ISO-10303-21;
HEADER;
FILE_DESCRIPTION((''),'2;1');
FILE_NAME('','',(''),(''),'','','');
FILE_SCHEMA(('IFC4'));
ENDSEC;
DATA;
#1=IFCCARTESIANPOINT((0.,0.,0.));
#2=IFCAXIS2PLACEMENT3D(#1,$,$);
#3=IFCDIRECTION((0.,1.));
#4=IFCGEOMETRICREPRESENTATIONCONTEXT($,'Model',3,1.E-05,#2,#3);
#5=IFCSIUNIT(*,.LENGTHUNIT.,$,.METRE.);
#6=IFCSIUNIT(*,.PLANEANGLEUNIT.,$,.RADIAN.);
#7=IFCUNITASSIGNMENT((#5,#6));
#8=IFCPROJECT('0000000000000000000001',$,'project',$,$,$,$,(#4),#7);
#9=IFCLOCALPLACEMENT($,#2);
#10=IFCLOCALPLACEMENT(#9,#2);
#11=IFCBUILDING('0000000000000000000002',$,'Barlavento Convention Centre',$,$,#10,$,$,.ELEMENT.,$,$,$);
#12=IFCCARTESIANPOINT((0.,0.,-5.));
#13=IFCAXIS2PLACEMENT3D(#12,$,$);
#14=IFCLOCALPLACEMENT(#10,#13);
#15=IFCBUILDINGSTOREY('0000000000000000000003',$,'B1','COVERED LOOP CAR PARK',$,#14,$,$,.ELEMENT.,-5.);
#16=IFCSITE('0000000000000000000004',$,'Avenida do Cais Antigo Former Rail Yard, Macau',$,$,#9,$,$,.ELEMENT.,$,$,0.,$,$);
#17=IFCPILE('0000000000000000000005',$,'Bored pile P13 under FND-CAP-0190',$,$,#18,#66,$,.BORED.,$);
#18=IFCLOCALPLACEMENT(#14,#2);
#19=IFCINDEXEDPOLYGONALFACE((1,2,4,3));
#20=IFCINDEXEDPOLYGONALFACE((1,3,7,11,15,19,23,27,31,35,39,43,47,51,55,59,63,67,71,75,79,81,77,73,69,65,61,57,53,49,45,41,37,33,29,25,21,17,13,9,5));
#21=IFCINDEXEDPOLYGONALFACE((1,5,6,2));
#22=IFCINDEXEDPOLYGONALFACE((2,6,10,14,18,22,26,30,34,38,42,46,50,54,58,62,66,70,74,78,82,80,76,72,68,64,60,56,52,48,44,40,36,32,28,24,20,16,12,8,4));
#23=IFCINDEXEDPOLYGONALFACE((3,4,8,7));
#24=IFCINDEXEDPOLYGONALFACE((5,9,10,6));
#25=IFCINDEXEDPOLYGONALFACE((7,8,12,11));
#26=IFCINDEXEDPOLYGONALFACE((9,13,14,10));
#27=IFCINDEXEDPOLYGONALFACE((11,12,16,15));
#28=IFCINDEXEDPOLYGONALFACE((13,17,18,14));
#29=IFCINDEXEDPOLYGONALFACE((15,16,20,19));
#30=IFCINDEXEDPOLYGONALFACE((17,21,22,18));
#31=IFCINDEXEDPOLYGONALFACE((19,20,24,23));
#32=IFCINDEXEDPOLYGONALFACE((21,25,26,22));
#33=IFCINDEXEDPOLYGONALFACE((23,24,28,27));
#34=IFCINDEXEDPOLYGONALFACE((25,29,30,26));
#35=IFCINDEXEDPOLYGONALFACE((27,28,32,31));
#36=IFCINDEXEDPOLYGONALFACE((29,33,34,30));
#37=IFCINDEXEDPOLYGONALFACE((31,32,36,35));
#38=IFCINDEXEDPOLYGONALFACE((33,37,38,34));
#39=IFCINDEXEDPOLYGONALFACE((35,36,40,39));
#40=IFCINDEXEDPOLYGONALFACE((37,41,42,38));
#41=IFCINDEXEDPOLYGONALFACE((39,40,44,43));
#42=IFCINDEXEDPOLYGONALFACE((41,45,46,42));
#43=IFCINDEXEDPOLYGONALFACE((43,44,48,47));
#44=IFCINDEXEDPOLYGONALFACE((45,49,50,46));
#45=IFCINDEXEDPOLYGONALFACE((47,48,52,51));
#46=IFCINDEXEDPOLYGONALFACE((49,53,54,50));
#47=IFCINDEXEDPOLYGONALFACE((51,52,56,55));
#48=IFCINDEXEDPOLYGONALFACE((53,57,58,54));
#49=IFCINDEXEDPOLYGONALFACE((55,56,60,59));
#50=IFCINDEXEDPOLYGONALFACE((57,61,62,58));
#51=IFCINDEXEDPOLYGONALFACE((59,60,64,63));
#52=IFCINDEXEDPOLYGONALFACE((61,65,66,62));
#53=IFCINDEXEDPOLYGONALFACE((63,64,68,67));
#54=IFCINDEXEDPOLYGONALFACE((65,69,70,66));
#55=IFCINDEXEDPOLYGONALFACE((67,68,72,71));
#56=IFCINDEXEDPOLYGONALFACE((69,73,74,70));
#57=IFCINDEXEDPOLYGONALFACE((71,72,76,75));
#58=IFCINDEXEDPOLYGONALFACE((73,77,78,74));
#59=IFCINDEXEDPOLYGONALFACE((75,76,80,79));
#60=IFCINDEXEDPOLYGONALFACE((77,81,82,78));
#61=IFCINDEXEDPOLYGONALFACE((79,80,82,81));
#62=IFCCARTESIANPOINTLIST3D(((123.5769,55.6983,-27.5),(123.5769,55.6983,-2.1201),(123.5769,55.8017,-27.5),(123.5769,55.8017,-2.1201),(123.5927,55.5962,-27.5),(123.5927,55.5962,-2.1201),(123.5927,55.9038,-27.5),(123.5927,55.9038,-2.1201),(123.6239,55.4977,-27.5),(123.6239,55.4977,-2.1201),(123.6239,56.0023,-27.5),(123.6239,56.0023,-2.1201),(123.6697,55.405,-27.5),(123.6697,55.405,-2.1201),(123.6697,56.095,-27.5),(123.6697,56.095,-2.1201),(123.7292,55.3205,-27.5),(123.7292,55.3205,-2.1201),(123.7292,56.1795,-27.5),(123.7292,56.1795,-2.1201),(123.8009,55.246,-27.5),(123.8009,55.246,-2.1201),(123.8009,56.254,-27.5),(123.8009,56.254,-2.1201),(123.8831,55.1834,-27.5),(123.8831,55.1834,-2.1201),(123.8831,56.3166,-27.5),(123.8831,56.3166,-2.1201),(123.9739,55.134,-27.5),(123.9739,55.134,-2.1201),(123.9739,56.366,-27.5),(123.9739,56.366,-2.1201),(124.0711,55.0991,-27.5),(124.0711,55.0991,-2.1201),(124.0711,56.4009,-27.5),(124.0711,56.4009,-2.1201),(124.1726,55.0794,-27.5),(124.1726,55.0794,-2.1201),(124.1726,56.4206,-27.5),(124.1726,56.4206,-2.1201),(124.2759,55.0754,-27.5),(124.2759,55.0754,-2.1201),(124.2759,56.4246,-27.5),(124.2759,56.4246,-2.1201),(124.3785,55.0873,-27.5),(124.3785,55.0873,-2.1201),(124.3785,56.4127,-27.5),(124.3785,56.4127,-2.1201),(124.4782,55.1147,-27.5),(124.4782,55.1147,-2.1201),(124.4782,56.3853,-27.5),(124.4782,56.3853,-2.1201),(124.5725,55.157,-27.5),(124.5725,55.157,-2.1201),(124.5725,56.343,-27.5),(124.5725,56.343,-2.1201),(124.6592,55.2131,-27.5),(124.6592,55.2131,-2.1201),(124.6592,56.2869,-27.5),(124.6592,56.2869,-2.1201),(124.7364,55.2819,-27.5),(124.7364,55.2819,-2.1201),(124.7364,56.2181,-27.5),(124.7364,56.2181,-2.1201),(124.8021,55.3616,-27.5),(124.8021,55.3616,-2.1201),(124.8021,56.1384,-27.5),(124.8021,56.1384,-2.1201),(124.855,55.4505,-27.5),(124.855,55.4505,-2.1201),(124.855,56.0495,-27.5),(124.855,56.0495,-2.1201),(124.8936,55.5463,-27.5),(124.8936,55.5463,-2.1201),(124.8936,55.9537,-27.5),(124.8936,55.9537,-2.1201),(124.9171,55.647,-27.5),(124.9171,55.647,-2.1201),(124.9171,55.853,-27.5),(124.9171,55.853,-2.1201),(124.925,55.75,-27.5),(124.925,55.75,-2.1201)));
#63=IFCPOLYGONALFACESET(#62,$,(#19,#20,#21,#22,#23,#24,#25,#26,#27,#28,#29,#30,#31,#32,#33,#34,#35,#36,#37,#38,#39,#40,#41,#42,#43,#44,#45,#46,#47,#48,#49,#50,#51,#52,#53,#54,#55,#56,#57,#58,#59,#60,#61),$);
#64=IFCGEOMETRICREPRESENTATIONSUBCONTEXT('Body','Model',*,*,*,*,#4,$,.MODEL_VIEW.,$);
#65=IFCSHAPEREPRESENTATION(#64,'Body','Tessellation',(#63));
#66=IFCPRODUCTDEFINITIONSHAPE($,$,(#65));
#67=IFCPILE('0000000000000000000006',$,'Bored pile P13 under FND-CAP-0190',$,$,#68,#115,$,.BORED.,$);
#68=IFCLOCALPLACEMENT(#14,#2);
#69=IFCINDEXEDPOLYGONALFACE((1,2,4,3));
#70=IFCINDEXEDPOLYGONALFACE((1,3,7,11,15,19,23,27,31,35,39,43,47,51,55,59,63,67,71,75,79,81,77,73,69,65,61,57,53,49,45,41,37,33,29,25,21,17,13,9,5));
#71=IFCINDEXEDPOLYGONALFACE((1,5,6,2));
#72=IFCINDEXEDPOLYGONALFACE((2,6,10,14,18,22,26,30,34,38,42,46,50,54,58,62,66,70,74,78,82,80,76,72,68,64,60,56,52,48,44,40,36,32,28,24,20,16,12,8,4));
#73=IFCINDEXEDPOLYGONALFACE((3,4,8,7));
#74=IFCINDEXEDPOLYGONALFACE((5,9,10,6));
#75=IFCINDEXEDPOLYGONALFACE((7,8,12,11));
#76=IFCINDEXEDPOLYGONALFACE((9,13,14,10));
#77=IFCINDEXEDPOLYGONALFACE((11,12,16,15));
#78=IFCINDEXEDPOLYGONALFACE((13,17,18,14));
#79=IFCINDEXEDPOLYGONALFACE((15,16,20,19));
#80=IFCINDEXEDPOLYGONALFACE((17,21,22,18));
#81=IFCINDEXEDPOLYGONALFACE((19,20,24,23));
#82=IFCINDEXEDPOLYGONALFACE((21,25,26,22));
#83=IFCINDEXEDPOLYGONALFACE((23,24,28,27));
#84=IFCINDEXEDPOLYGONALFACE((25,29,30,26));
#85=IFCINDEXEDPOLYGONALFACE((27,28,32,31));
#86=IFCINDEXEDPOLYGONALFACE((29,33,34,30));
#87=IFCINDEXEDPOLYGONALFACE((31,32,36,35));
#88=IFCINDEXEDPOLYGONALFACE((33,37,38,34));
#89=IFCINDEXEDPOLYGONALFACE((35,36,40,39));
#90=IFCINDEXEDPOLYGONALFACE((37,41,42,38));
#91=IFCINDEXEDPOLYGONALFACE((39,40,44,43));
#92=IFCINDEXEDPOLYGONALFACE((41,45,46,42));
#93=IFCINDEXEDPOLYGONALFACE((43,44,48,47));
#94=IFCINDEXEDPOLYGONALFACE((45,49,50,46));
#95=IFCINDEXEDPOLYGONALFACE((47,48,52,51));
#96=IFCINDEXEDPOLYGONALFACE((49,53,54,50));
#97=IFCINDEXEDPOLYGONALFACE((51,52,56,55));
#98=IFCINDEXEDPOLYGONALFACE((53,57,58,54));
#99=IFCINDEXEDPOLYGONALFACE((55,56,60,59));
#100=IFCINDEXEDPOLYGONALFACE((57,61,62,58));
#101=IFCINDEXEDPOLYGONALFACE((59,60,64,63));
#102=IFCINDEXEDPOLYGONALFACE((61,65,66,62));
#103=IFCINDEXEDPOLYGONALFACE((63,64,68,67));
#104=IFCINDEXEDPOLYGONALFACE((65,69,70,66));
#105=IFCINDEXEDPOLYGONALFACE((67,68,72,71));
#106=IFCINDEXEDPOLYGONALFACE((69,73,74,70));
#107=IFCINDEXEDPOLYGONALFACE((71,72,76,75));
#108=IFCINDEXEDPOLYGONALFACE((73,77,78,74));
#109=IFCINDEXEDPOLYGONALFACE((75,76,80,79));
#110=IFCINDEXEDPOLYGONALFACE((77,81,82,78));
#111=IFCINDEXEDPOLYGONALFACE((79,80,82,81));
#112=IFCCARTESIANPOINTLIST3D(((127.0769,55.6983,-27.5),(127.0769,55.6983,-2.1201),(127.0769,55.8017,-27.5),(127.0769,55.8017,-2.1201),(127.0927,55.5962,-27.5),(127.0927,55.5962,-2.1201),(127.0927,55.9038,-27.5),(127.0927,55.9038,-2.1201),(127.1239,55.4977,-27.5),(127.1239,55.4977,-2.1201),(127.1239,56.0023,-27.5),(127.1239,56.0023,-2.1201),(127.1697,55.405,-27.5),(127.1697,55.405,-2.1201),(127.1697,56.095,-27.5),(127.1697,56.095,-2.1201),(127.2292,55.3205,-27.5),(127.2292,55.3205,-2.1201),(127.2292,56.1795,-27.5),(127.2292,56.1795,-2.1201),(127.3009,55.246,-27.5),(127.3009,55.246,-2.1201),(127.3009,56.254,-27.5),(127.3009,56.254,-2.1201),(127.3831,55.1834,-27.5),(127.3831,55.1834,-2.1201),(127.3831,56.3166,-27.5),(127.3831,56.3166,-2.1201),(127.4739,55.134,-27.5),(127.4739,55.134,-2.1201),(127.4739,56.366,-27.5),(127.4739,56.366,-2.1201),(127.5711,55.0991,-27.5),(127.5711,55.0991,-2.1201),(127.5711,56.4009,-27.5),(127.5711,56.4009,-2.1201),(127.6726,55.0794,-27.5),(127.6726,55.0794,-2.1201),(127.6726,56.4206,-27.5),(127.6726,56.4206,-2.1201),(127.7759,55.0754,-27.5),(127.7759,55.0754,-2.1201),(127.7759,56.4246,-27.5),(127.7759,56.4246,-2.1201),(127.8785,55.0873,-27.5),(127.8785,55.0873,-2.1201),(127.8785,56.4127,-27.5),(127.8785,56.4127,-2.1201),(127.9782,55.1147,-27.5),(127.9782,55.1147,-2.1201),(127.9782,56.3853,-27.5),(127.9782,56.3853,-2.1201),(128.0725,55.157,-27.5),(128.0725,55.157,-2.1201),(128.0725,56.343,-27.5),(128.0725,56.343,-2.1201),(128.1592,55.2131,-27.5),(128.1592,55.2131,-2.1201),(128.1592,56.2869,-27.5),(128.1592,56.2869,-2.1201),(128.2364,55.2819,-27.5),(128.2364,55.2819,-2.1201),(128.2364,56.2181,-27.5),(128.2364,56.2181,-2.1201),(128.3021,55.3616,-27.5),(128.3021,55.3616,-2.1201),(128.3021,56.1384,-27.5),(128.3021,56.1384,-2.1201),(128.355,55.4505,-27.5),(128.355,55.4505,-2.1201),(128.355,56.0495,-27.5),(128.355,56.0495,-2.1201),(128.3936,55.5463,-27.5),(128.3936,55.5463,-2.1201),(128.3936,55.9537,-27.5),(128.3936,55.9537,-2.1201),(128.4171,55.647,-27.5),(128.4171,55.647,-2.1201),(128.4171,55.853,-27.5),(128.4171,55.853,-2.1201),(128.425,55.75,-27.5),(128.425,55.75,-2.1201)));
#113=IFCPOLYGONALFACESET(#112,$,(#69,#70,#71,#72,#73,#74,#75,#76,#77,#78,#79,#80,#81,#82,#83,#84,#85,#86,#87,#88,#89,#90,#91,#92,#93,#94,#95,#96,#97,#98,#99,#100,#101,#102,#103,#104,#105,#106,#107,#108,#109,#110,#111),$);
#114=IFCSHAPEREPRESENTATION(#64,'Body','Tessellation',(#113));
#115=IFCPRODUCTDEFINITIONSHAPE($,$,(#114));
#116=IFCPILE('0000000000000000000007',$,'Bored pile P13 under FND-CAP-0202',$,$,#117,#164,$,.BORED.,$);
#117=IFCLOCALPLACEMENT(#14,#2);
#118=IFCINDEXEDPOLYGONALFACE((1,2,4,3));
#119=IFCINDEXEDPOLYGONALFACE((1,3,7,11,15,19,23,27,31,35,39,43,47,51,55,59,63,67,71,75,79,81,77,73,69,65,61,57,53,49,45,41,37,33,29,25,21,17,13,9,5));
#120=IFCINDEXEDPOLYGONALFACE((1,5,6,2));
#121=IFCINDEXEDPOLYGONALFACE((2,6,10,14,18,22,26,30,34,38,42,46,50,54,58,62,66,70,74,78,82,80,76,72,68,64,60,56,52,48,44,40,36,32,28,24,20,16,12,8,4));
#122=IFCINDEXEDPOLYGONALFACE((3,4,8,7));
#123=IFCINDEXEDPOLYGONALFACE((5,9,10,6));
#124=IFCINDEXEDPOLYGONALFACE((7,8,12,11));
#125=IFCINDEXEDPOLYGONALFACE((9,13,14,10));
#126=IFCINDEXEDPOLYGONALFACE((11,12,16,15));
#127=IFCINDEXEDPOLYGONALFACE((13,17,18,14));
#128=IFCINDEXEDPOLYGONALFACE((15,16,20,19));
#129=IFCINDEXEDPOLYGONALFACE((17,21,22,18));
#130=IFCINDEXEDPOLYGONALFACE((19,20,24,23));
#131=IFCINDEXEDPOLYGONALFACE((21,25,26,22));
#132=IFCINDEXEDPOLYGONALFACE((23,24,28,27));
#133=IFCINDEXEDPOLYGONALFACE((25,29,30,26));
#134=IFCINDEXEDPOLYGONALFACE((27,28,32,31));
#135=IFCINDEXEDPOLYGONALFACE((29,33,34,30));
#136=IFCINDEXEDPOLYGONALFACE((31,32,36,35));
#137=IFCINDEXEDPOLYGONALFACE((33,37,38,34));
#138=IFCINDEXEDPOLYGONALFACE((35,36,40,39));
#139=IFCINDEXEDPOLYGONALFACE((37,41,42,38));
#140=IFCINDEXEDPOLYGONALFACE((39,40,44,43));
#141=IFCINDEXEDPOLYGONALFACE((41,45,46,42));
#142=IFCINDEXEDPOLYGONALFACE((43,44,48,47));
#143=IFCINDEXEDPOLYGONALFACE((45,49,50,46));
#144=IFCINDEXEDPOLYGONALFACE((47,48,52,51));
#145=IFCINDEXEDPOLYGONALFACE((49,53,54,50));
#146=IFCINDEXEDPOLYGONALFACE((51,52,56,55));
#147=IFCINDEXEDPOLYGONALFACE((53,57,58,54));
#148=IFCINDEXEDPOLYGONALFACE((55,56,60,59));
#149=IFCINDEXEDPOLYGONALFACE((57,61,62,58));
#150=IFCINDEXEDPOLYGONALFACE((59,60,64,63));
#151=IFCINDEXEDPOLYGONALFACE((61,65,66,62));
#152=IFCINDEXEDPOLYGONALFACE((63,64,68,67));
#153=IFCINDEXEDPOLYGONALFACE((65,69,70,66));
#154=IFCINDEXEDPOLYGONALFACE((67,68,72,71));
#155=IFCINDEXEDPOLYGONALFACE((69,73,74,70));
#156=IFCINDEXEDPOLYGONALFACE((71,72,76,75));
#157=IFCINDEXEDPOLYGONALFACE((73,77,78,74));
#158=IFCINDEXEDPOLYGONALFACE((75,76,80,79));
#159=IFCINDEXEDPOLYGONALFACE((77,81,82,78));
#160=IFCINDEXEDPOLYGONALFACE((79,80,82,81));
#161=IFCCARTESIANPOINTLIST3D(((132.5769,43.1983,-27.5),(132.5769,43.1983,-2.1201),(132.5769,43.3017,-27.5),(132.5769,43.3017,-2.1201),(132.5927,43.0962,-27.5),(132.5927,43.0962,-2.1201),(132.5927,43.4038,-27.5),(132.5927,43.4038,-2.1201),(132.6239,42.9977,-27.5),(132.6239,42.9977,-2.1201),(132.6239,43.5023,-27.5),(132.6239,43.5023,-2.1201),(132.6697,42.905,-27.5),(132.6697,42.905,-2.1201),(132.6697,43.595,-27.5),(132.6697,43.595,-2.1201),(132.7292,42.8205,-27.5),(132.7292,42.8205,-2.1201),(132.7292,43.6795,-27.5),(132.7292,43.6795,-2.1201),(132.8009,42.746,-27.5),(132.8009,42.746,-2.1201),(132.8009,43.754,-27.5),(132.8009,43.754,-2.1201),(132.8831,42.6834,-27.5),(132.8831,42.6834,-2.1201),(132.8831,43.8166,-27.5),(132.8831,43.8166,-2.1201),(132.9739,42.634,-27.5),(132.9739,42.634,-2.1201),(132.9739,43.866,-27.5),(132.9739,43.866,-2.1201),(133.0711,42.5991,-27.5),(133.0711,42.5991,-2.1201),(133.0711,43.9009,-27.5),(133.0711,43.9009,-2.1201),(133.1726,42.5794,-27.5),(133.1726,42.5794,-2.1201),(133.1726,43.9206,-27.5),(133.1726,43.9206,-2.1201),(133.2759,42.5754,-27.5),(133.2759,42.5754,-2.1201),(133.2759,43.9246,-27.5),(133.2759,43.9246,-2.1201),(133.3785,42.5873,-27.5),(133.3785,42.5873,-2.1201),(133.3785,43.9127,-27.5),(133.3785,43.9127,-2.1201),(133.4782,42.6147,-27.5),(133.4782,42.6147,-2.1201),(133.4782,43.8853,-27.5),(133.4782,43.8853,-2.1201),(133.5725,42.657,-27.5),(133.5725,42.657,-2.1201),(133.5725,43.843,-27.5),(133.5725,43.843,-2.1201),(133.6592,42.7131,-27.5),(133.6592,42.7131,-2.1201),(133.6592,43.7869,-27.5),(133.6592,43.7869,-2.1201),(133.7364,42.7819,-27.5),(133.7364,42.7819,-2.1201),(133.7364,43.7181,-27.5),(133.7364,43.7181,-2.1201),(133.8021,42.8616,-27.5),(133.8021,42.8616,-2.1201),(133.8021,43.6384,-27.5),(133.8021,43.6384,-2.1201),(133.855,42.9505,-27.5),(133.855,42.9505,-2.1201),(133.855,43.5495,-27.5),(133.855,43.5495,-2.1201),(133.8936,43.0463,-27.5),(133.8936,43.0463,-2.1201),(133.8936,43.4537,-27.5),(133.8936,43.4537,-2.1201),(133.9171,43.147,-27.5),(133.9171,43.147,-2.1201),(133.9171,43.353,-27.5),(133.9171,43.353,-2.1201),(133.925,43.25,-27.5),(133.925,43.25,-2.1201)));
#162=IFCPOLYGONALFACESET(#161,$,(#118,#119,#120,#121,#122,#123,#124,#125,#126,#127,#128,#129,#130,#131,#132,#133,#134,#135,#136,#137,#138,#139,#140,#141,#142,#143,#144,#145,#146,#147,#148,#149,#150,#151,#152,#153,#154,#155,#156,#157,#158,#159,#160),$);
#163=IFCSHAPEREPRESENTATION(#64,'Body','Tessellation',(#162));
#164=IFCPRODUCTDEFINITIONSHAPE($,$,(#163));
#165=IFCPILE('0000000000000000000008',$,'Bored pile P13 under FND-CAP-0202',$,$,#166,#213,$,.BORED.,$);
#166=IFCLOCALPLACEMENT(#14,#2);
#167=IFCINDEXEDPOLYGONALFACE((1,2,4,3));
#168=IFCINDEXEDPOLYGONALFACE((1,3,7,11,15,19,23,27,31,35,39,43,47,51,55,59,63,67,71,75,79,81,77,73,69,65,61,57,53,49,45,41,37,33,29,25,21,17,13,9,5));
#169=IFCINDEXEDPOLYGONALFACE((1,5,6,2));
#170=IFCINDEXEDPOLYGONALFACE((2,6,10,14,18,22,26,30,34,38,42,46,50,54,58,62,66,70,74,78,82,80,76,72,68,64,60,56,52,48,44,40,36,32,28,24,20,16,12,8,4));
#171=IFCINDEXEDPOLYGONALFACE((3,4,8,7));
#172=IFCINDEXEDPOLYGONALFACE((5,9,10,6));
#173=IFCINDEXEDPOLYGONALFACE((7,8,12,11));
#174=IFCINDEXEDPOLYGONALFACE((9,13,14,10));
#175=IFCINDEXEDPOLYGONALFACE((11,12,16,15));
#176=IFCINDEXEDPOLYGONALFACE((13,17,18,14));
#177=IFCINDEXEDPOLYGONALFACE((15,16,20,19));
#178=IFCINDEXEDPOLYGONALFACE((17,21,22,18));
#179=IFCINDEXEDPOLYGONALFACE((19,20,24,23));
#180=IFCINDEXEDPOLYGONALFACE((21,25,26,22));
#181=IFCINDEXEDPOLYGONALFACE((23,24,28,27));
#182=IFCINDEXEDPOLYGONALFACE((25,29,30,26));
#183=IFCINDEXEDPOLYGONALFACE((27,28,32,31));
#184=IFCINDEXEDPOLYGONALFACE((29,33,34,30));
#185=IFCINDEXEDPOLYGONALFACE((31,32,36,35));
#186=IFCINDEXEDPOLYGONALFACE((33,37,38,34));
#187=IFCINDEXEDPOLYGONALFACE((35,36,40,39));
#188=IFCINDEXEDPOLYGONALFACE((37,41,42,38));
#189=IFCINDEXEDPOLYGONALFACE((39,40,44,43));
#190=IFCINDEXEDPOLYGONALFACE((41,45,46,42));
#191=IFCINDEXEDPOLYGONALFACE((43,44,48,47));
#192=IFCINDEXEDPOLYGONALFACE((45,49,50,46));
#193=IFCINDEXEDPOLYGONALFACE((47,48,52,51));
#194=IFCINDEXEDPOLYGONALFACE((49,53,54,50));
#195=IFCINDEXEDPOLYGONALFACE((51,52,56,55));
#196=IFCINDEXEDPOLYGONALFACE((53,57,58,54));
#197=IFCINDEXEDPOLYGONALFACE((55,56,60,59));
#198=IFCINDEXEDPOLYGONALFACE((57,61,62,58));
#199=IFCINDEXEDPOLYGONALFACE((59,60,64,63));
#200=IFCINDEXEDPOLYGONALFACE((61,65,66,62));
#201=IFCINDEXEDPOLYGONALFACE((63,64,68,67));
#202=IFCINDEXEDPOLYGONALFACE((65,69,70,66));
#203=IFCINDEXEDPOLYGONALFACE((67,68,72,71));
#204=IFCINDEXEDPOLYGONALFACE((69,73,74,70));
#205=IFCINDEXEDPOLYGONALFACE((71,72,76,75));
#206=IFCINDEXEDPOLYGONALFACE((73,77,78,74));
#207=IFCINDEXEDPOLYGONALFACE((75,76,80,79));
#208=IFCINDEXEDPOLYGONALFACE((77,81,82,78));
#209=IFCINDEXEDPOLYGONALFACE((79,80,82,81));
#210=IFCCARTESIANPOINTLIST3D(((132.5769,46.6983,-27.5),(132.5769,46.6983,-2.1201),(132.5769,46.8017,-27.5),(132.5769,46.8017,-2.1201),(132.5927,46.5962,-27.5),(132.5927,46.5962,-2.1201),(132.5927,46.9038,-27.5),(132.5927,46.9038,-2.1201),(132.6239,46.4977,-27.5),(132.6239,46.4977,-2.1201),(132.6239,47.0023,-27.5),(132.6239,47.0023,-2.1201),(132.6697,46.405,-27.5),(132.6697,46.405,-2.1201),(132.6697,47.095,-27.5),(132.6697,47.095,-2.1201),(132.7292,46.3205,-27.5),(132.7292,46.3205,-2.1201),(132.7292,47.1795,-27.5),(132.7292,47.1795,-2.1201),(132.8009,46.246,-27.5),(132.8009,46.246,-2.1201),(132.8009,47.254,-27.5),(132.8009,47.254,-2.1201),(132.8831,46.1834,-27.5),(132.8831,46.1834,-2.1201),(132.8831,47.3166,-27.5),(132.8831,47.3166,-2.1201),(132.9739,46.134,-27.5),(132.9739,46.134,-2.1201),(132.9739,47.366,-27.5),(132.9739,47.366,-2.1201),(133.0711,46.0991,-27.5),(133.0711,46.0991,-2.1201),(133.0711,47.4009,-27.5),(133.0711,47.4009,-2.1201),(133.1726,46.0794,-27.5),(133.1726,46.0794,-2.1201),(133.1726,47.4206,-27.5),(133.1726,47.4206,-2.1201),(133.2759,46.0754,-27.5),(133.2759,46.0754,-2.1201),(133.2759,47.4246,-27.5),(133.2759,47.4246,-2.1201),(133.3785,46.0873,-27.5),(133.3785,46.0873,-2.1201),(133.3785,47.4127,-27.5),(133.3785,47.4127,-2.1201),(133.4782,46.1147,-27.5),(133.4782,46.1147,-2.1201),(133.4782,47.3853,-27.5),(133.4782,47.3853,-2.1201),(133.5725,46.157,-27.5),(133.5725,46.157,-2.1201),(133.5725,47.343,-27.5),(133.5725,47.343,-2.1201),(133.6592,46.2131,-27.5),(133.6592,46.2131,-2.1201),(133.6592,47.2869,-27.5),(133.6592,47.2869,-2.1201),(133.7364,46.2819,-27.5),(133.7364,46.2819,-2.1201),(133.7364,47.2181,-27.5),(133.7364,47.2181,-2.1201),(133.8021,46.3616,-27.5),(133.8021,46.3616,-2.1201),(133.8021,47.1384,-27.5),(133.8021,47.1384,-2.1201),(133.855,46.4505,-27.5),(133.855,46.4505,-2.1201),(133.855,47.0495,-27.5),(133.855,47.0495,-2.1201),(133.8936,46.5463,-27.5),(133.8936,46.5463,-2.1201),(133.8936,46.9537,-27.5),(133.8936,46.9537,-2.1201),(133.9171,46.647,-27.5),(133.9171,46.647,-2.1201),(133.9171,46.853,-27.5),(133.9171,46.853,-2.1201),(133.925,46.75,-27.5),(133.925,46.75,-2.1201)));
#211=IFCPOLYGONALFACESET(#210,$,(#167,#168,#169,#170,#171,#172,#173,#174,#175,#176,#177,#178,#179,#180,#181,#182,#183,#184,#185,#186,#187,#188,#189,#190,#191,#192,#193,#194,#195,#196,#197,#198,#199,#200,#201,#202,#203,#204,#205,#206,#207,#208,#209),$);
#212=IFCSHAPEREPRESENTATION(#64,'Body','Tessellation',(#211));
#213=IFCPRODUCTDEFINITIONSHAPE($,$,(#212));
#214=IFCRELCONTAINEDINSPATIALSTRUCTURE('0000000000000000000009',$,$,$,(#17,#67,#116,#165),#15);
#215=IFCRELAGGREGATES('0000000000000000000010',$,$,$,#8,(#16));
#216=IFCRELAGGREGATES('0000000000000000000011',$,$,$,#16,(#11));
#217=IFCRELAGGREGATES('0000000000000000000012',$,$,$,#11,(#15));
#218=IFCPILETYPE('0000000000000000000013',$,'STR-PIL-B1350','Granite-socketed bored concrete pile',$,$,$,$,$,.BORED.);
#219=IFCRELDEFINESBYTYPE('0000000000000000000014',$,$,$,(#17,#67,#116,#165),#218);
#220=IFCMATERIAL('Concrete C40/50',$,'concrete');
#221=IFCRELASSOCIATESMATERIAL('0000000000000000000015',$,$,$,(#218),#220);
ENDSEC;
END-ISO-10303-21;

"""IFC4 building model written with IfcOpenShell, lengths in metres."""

from ifc_helpers import new_model, si_unit, direction, frame, origin, origin_2d, place, context, subcontext, project, spatial, circle, extrude, material, material_profile, profile_set, type_object, element, save


model = new_model("IFC4")

# Units and contexts
model_context = context("Model", 3, precision=1e-05, world=origin(), true_north=direction((0.0, 1.0)))
body_context = subcontext(model_context, "Body", "Model", "MODEL_VIEW")
ifc_project = project(units=[si_unit("LENGTHUNIT", "METRE"), si_unit("PLANEANGLEUNIT", "RADIAN")], contexts=[model_context])

# Site, building, storey
site_placement = place(None, origin())
site = spatial("IfcSite", under=ifc_project, at=site_placement, Name="Avenida do Cais Antigo Former Rail Yard, Macau", CompositionType="ELEMENT", RefElevation=0.0)
building_placement = place(site_placement, origin())
building = spatial("IfcBuilding", under=site, at=building_placement, Name="Barlavento Convention Centre", CompositionType="ELEMENT")
storey_placement = place(building_placement, frame((0.0, 0.0, -5.0)))
storey = spatial("IfcBuildingStorey", under=building, at=storey_placement, Name="B1", Description="COVERED LOOP CAR PARK", CompositionType="ELEMENT", Elevation=-5.0)

# Shared definitions
ifc_material_1 = material(Name="Concrete C40/50", Category="concrete")

# Piles
ifc_material_profile_1 = material_profile(ifc_material_1, circle(Radius=0.675, at=origin_2d()), Name="BORED PILE 1350")
ifc_profile_set_1 = profile_set([ifc_material_profile_1], Name="Concrete C40/50")
pile_type_1 = type_object("IfcPileType", Name="STR-PIL-B1350", Description="Granite-socketed bored concrete pile", PredefinedType="BORED", material=ifc_profile_set_1)
for number, where, z_axis, x_axis, name in (
    (1, (124.25, 55.75, -2.1201), (0.0, 0.0, -1.0), (1.0, 0.0, 0.0), "Bored pile P13 under FND-CAP-0190"),
    (2, (127.75, 55.75, -2.1201), (0.0, 0.0, -1.0), (1.0, 0.0, 0.0), "Bored pile P13 under FND-CAP-0190"),
    (3, (133.25, 43.25, -2.1201), (0.0, 0.0, -1.0), (1.0, 0.0, 0.0), "Bored pile P13 under FND-CAP-0202"),
    (4, (133.25, 46.75, -2.1201), (0.0, 0.0, -1.0), (1.0, 0.0, 0.0), "Bored pile P13 under FND-CAP-0202"),
):
    element("IfcPile", number, at=place(storey_placement, frame(where, z_axis=z_axis, x_axis=x_axis)), inside=storey, type_object=pile_type_1, Name=name, PredefinedType="BORED", context=body_context, shape_type="SweptSolid", body=[
        extrude(circle(Radius=0.675, at=origin_2d()), origin(), (0.0, 0.0, 1.0), 25.3799),
    ])

save(model, "model.ifc")
